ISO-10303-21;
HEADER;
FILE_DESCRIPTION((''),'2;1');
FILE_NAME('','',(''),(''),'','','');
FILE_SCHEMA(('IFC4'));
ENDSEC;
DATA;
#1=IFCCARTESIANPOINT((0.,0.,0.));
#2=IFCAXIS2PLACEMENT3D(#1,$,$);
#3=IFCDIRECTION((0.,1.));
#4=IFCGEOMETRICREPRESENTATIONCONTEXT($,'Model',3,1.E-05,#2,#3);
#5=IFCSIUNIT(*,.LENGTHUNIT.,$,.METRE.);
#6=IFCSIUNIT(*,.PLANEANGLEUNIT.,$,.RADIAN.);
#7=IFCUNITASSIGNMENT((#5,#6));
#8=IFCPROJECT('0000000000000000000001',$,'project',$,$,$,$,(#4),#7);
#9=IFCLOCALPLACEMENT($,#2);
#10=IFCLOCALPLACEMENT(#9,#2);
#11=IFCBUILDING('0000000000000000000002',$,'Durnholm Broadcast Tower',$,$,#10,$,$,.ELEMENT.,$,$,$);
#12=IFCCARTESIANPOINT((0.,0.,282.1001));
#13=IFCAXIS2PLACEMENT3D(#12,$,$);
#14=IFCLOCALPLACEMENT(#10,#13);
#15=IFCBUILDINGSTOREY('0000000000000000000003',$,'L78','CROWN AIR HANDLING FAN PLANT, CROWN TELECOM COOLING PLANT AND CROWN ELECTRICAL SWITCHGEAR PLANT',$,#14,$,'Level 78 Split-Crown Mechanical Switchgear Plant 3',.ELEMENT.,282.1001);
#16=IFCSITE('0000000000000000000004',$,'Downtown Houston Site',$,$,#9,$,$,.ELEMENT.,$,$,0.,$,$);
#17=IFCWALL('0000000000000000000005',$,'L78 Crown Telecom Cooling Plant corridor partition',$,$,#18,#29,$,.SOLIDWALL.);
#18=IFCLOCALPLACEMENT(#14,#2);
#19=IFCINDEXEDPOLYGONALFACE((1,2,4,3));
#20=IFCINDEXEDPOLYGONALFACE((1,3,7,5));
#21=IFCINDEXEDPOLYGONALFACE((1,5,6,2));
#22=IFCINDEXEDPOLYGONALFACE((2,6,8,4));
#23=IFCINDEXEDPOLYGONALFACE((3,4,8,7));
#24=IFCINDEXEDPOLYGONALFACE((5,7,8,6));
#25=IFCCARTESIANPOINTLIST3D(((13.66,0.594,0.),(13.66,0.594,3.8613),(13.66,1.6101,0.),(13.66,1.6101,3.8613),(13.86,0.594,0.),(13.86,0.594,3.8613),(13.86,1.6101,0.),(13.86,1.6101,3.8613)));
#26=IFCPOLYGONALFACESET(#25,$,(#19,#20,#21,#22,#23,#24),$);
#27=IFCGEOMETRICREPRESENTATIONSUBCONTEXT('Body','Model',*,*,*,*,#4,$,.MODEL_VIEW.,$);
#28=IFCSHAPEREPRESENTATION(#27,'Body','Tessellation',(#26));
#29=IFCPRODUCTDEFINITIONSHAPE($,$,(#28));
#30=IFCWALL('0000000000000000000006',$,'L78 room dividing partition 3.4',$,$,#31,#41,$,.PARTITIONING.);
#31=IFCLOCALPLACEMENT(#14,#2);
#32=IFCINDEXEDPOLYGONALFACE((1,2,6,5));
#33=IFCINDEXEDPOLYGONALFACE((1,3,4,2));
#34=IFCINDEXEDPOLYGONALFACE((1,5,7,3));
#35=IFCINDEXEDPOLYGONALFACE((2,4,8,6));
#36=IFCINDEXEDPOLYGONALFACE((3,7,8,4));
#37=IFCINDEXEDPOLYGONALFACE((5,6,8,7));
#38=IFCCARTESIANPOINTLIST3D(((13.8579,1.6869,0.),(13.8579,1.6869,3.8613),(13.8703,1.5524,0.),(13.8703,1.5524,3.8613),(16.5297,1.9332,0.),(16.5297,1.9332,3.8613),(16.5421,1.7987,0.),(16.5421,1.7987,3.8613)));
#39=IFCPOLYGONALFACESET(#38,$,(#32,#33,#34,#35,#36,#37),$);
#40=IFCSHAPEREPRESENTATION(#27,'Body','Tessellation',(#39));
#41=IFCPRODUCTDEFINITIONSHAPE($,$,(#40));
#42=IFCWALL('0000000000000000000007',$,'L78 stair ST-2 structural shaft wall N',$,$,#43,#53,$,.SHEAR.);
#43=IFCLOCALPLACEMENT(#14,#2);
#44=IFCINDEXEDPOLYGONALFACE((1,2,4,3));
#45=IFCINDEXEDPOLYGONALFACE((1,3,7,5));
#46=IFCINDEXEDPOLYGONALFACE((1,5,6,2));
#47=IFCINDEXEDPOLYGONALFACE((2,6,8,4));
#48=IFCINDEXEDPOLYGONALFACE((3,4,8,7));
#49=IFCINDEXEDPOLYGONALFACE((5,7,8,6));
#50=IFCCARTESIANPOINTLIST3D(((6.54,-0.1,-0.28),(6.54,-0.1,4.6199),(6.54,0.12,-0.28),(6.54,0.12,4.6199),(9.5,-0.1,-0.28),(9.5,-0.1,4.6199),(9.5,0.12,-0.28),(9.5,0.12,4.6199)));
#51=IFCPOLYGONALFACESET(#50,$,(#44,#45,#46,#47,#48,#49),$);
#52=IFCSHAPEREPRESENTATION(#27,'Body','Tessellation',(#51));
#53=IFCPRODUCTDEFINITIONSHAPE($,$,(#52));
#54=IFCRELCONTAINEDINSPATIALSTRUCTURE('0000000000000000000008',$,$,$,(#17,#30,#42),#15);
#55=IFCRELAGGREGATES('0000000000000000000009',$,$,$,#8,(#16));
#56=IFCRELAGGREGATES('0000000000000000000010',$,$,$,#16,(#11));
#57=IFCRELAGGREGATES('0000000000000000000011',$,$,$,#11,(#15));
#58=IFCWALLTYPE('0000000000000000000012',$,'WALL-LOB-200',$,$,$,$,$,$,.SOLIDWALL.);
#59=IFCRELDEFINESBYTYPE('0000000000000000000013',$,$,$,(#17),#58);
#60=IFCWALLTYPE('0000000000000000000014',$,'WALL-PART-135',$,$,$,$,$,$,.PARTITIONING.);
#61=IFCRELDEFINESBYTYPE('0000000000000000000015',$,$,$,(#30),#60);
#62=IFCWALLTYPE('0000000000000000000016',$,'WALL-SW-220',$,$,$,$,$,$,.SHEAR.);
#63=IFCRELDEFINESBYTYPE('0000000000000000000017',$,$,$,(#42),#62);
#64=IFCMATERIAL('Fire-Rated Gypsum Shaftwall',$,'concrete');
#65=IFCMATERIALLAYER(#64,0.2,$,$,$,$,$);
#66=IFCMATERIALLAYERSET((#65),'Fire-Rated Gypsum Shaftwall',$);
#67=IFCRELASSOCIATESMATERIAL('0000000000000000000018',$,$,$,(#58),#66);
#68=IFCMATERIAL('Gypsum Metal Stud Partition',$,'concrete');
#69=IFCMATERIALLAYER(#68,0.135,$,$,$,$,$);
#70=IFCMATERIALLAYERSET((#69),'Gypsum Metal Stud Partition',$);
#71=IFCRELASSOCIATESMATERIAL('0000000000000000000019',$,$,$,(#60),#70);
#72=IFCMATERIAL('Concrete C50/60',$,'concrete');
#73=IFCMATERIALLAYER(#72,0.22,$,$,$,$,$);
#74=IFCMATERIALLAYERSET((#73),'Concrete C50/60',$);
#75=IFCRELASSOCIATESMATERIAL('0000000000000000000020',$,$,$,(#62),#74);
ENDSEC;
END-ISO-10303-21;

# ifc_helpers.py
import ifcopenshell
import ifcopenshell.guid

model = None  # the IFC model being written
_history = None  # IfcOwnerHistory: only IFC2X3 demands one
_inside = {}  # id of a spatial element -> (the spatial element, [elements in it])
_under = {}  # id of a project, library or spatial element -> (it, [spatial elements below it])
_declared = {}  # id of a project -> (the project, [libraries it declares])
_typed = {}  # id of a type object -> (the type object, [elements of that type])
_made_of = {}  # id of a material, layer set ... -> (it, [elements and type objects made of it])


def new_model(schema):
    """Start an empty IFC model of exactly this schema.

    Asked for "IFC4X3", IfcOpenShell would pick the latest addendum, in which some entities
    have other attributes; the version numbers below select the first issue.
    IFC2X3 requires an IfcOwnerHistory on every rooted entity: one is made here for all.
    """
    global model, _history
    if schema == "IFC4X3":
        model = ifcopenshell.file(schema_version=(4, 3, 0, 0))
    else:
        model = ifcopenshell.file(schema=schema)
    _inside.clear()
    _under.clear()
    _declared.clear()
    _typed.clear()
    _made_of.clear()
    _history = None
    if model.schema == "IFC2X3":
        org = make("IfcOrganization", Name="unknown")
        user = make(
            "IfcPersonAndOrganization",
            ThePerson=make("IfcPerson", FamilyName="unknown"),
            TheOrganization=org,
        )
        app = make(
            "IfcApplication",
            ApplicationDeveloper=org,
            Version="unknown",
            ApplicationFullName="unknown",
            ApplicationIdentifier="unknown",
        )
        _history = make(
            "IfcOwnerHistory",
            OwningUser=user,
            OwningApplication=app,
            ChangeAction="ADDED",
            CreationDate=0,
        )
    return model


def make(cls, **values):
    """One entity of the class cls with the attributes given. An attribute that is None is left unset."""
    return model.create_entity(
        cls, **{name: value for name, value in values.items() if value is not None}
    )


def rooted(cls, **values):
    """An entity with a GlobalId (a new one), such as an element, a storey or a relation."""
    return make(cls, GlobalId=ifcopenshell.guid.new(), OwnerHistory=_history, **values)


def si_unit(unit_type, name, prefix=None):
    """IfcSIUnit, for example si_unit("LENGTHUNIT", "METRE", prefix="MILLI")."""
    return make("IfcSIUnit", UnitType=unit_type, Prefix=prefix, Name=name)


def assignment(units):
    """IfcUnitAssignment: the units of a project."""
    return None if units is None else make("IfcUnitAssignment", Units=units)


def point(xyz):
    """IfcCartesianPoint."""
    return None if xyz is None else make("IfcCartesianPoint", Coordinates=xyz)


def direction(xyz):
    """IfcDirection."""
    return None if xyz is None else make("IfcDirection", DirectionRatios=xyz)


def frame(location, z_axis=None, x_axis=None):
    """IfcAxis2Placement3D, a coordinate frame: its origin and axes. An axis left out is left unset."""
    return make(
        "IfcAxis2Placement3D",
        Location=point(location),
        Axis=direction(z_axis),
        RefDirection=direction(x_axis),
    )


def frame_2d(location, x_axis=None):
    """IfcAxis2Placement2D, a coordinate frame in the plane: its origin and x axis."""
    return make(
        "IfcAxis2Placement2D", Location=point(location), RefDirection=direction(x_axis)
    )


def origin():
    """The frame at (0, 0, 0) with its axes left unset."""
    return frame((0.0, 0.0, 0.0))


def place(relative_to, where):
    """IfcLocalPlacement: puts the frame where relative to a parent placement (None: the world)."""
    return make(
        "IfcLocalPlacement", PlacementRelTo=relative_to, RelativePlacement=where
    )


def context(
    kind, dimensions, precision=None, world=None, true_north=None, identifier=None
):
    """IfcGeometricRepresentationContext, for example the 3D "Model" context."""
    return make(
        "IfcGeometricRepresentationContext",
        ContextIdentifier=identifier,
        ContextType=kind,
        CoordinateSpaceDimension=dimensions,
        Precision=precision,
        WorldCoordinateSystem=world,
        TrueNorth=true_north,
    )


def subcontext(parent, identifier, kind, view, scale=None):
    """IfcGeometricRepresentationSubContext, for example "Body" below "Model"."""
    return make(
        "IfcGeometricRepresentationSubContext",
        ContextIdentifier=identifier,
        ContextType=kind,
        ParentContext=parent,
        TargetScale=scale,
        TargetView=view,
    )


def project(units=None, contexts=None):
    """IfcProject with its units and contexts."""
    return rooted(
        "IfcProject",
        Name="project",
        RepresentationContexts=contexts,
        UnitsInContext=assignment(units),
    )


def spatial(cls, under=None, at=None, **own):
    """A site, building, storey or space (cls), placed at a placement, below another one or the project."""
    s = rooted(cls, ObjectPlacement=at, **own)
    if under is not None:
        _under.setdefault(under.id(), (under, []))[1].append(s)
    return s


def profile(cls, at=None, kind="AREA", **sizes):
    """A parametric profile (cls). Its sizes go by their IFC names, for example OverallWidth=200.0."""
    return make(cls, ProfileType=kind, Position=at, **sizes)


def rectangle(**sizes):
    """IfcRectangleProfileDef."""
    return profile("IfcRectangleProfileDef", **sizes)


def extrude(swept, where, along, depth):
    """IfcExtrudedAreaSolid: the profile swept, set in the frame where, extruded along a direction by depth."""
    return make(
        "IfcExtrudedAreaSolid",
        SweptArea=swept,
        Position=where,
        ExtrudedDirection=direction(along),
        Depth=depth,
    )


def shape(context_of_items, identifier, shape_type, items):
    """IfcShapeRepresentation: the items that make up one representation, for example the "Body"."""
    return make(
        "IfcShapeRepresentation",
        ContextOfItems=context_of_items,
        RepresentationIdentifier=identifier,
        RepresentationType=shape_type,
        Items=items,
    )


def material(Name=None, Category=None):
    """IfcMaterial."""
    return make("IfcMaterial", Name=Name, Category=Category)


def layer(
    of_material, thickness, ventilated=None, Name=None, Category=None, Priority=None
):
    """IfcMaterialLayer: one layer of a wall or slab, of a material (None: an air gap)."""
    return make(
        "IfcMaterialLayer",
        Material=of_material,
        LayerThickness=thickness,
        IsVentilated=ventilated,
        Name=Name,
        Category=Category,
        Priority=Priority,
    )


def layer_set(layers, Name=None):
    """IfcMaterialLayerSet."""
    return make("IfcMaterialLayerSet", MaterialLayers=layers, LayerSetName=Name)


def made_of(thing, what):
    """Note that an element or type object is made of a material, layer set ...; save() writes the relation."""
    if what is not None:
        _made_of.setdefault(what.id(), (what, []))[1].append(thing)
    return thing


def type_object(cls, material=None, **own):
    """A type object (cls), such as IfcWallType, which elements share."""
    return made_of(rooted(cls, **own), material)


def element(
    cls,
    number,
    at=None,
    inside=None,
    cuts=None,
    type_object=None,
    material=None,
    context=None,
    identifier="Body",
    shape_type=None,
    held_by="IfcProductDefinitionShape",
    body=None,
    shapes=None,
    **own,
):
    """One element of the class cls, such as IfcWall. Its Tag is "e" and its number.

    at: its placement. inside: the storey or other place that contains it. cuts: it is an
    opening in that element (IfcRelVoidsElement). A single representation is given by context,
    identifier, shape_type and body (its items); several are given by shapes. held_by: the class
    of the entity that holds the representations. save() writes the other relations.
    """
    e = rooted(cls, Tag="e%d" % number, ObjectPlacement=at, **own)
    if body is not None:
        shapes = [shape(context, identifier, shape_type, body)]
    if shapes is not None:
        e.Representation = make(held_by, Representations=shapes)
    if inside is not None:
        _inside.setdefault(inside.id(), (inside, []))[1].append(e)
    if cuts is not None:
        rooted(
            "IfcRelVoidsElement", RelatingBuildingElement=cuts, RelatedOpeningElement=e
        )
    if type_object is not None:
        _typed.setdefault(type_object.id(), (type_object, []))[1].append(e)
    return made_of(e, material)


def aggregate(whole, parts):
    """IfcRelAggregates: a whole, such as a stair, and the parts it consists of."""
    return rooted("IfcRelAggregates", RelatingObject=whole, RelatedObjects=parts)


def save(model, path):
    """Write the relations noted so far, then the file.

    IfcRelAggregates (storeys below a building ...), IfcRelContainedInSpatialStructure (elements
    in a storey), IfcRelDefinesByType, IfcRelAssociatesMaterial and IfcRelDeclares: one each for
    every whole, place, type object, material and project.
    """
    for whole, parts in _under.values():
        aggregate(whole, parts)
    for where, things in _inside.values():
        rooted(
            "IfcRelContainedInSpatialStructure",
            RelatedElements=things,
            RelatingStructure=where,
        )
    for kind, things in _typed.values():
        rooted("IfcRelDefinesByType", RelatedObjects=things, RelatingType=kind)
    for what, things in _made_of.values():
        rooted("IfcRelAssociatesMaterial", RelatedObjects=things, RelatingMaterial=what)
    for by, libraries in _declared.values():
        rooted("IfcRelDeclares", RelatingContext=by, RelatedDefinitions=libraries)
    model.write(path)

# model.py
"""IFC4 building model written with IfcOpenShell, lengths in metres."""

from ifc_helpers import new_model, si_unit, direction, frame, frame_2d, origin, place, context, subcontext, project, spatial, rectangle, extrude, material, layer, layer_set, type_object, element, save


model = new_model("IFC4")

# Units and contexts
model_context = context("Model", 3, precision=1e-05, world=origin(), true_north=direction((0.0, 1.0)))
body_context = subcontext(model_context, "Body", "Model", "MODEL_VIEW")
ifc_project = project(units=[si_unit("LENGTHUNIT", "METRE"), si_unit("PLANEANGLEUNIT", "RADIAN")], contexts=[model_context])

# Site, building, storey
site_placement = place(None, origin())
site = spatial("IfcSite", under=ifc_project, at=site_placement, Name="Downtown Houston Site", CompositionType="ELEMENT", RefElevation=0.0)
building_placement = place(site_placement, origin())
building = spatial("IfcBuilding", under=site, at=building_placement, Name="Durnholm Broadcast Tower", CompositionType="ELEMENT")
storey_placement = place(building_placement, frame((0.0, 0.0, 282.1001)))
storey = spatial("IfcBuildingStorey", under=building, at=storey_placement, Name="L78", Description="CROWN AIR HANDLING FAN PLANT, CROWN TELECOM COOLING PLANT AND CROWN ELECTRICAL SWITCHGEAR PLANT", LongName="Level 78 Split-Crown Mechanical Switchgear Plant 3", CompositionType="ELEMENT", Elevation=282.1001)

# Shared definitions
ifc_material_1 = material(Name="Fire-Rated Gypsum Shaftwall", Category="concrete")
ifc_layer_1 = layer(ifc_material_1, 0.2)
ifc_layer_set_1 = layer_set([ifc_layer_1], Name="Fire-Rated Gypsum Shaftwall")
wall_type_1 = type_object("IfcWallType", Name="WALL-LOB-200", PredefinedType="SOLIDWALL", material=ifc_layer_set_1)

# Walls
wall_1_placement = place(storey_placement, frame((13.76, 0.594, 0.0), z_axis=(0.0, 0.0, 1.0), x_axis=(0.0, 1.0, 0.0)))
element("IfcWall", 1, at=wall_1_placement, inside=storey, type_object=wall_type_1, Name="L78 Crown Telecom Cooling Plant corridor partition", PredefinedType="SOLIDWALL", context=body_context, shape_type="SweptSolid", body=[
    extrude(rectangle(XDim=1.0161, YDim=0.2, at=frame_2d((0.5081, 0.0))), origin(), (0.0, 0.0, 1.0), 3.8613),
])
ifc_material_2 = material(Name="Gypsum Metal Stud Partition", Category="concrete")
ifc_layer_2 = layer(ifc_material_2, 0.135)
ifc_layer_set_2 = layer_set([ifc_layer_2], Name="Gypsum Metal Stud Partition")
wall_type_2 = type_object("IfcWallType", Name="WALL-PART-135", PredefinedType="PARTITIONING", material=ifc_layer_set_2)
wall_2_placement = place(storey_placement, frame((16.5359, 1.866, 0.0), z_axis=(0.0, 0.0, 1.0), x_axis=(-0.995777, -0.091807, 0.0)))
element("IfcWall", 2, at=wall_2_placement, inside=storey, type_object=wall_type_2, Name="L78 room dividing partition 3.4", PredefinedType="PARTITIONING", context=body_context, shape_type="SweptSolid", body=[
    extrude(rectangle(XDim=2.6831, YDim=0.135, at=frame_2d((1.3416, 0.0))), origin(), (0.0, 0.0, 1.0), 3.8613),
])
ifc_material_3 = material(Name="Concrete C50/60", Category="concrete")
ifc_layer_3 = layer(ifc_material_3, 0.22)
ifc_layer_set_3 = layer_set([ifc_layer_3], Name="Concrete C50/60")
wall_type_3 = type_object("IfcWallType", Name="WALL-SW-220", PredefinedType="SHEAR", material=ifc_layer_set_3)
wall_3_placement = place(storey_placement, frame((9.5, 0.01, -0.28), z_axis=(0.0, 0.0, 1.0), x_axis=(-1.0, 0.0, 0.0)))
element("IfcWall", 3, at=wall_3_placement, inside=storey, type_object=wall_type_3, Name="L78 stair ST-2 structural shaft wall N", PredefinedType="SHEAR", context=body_context, shape_type="SweptSolid", body=[
    extrude(rectangle(XDim=2.96, YDim=0.22, at=frame_2d((1.48, 0.0))), origin(), (0.0, 0.0, 1.0), 4.8999),
])

save(model, "model.ifc")
